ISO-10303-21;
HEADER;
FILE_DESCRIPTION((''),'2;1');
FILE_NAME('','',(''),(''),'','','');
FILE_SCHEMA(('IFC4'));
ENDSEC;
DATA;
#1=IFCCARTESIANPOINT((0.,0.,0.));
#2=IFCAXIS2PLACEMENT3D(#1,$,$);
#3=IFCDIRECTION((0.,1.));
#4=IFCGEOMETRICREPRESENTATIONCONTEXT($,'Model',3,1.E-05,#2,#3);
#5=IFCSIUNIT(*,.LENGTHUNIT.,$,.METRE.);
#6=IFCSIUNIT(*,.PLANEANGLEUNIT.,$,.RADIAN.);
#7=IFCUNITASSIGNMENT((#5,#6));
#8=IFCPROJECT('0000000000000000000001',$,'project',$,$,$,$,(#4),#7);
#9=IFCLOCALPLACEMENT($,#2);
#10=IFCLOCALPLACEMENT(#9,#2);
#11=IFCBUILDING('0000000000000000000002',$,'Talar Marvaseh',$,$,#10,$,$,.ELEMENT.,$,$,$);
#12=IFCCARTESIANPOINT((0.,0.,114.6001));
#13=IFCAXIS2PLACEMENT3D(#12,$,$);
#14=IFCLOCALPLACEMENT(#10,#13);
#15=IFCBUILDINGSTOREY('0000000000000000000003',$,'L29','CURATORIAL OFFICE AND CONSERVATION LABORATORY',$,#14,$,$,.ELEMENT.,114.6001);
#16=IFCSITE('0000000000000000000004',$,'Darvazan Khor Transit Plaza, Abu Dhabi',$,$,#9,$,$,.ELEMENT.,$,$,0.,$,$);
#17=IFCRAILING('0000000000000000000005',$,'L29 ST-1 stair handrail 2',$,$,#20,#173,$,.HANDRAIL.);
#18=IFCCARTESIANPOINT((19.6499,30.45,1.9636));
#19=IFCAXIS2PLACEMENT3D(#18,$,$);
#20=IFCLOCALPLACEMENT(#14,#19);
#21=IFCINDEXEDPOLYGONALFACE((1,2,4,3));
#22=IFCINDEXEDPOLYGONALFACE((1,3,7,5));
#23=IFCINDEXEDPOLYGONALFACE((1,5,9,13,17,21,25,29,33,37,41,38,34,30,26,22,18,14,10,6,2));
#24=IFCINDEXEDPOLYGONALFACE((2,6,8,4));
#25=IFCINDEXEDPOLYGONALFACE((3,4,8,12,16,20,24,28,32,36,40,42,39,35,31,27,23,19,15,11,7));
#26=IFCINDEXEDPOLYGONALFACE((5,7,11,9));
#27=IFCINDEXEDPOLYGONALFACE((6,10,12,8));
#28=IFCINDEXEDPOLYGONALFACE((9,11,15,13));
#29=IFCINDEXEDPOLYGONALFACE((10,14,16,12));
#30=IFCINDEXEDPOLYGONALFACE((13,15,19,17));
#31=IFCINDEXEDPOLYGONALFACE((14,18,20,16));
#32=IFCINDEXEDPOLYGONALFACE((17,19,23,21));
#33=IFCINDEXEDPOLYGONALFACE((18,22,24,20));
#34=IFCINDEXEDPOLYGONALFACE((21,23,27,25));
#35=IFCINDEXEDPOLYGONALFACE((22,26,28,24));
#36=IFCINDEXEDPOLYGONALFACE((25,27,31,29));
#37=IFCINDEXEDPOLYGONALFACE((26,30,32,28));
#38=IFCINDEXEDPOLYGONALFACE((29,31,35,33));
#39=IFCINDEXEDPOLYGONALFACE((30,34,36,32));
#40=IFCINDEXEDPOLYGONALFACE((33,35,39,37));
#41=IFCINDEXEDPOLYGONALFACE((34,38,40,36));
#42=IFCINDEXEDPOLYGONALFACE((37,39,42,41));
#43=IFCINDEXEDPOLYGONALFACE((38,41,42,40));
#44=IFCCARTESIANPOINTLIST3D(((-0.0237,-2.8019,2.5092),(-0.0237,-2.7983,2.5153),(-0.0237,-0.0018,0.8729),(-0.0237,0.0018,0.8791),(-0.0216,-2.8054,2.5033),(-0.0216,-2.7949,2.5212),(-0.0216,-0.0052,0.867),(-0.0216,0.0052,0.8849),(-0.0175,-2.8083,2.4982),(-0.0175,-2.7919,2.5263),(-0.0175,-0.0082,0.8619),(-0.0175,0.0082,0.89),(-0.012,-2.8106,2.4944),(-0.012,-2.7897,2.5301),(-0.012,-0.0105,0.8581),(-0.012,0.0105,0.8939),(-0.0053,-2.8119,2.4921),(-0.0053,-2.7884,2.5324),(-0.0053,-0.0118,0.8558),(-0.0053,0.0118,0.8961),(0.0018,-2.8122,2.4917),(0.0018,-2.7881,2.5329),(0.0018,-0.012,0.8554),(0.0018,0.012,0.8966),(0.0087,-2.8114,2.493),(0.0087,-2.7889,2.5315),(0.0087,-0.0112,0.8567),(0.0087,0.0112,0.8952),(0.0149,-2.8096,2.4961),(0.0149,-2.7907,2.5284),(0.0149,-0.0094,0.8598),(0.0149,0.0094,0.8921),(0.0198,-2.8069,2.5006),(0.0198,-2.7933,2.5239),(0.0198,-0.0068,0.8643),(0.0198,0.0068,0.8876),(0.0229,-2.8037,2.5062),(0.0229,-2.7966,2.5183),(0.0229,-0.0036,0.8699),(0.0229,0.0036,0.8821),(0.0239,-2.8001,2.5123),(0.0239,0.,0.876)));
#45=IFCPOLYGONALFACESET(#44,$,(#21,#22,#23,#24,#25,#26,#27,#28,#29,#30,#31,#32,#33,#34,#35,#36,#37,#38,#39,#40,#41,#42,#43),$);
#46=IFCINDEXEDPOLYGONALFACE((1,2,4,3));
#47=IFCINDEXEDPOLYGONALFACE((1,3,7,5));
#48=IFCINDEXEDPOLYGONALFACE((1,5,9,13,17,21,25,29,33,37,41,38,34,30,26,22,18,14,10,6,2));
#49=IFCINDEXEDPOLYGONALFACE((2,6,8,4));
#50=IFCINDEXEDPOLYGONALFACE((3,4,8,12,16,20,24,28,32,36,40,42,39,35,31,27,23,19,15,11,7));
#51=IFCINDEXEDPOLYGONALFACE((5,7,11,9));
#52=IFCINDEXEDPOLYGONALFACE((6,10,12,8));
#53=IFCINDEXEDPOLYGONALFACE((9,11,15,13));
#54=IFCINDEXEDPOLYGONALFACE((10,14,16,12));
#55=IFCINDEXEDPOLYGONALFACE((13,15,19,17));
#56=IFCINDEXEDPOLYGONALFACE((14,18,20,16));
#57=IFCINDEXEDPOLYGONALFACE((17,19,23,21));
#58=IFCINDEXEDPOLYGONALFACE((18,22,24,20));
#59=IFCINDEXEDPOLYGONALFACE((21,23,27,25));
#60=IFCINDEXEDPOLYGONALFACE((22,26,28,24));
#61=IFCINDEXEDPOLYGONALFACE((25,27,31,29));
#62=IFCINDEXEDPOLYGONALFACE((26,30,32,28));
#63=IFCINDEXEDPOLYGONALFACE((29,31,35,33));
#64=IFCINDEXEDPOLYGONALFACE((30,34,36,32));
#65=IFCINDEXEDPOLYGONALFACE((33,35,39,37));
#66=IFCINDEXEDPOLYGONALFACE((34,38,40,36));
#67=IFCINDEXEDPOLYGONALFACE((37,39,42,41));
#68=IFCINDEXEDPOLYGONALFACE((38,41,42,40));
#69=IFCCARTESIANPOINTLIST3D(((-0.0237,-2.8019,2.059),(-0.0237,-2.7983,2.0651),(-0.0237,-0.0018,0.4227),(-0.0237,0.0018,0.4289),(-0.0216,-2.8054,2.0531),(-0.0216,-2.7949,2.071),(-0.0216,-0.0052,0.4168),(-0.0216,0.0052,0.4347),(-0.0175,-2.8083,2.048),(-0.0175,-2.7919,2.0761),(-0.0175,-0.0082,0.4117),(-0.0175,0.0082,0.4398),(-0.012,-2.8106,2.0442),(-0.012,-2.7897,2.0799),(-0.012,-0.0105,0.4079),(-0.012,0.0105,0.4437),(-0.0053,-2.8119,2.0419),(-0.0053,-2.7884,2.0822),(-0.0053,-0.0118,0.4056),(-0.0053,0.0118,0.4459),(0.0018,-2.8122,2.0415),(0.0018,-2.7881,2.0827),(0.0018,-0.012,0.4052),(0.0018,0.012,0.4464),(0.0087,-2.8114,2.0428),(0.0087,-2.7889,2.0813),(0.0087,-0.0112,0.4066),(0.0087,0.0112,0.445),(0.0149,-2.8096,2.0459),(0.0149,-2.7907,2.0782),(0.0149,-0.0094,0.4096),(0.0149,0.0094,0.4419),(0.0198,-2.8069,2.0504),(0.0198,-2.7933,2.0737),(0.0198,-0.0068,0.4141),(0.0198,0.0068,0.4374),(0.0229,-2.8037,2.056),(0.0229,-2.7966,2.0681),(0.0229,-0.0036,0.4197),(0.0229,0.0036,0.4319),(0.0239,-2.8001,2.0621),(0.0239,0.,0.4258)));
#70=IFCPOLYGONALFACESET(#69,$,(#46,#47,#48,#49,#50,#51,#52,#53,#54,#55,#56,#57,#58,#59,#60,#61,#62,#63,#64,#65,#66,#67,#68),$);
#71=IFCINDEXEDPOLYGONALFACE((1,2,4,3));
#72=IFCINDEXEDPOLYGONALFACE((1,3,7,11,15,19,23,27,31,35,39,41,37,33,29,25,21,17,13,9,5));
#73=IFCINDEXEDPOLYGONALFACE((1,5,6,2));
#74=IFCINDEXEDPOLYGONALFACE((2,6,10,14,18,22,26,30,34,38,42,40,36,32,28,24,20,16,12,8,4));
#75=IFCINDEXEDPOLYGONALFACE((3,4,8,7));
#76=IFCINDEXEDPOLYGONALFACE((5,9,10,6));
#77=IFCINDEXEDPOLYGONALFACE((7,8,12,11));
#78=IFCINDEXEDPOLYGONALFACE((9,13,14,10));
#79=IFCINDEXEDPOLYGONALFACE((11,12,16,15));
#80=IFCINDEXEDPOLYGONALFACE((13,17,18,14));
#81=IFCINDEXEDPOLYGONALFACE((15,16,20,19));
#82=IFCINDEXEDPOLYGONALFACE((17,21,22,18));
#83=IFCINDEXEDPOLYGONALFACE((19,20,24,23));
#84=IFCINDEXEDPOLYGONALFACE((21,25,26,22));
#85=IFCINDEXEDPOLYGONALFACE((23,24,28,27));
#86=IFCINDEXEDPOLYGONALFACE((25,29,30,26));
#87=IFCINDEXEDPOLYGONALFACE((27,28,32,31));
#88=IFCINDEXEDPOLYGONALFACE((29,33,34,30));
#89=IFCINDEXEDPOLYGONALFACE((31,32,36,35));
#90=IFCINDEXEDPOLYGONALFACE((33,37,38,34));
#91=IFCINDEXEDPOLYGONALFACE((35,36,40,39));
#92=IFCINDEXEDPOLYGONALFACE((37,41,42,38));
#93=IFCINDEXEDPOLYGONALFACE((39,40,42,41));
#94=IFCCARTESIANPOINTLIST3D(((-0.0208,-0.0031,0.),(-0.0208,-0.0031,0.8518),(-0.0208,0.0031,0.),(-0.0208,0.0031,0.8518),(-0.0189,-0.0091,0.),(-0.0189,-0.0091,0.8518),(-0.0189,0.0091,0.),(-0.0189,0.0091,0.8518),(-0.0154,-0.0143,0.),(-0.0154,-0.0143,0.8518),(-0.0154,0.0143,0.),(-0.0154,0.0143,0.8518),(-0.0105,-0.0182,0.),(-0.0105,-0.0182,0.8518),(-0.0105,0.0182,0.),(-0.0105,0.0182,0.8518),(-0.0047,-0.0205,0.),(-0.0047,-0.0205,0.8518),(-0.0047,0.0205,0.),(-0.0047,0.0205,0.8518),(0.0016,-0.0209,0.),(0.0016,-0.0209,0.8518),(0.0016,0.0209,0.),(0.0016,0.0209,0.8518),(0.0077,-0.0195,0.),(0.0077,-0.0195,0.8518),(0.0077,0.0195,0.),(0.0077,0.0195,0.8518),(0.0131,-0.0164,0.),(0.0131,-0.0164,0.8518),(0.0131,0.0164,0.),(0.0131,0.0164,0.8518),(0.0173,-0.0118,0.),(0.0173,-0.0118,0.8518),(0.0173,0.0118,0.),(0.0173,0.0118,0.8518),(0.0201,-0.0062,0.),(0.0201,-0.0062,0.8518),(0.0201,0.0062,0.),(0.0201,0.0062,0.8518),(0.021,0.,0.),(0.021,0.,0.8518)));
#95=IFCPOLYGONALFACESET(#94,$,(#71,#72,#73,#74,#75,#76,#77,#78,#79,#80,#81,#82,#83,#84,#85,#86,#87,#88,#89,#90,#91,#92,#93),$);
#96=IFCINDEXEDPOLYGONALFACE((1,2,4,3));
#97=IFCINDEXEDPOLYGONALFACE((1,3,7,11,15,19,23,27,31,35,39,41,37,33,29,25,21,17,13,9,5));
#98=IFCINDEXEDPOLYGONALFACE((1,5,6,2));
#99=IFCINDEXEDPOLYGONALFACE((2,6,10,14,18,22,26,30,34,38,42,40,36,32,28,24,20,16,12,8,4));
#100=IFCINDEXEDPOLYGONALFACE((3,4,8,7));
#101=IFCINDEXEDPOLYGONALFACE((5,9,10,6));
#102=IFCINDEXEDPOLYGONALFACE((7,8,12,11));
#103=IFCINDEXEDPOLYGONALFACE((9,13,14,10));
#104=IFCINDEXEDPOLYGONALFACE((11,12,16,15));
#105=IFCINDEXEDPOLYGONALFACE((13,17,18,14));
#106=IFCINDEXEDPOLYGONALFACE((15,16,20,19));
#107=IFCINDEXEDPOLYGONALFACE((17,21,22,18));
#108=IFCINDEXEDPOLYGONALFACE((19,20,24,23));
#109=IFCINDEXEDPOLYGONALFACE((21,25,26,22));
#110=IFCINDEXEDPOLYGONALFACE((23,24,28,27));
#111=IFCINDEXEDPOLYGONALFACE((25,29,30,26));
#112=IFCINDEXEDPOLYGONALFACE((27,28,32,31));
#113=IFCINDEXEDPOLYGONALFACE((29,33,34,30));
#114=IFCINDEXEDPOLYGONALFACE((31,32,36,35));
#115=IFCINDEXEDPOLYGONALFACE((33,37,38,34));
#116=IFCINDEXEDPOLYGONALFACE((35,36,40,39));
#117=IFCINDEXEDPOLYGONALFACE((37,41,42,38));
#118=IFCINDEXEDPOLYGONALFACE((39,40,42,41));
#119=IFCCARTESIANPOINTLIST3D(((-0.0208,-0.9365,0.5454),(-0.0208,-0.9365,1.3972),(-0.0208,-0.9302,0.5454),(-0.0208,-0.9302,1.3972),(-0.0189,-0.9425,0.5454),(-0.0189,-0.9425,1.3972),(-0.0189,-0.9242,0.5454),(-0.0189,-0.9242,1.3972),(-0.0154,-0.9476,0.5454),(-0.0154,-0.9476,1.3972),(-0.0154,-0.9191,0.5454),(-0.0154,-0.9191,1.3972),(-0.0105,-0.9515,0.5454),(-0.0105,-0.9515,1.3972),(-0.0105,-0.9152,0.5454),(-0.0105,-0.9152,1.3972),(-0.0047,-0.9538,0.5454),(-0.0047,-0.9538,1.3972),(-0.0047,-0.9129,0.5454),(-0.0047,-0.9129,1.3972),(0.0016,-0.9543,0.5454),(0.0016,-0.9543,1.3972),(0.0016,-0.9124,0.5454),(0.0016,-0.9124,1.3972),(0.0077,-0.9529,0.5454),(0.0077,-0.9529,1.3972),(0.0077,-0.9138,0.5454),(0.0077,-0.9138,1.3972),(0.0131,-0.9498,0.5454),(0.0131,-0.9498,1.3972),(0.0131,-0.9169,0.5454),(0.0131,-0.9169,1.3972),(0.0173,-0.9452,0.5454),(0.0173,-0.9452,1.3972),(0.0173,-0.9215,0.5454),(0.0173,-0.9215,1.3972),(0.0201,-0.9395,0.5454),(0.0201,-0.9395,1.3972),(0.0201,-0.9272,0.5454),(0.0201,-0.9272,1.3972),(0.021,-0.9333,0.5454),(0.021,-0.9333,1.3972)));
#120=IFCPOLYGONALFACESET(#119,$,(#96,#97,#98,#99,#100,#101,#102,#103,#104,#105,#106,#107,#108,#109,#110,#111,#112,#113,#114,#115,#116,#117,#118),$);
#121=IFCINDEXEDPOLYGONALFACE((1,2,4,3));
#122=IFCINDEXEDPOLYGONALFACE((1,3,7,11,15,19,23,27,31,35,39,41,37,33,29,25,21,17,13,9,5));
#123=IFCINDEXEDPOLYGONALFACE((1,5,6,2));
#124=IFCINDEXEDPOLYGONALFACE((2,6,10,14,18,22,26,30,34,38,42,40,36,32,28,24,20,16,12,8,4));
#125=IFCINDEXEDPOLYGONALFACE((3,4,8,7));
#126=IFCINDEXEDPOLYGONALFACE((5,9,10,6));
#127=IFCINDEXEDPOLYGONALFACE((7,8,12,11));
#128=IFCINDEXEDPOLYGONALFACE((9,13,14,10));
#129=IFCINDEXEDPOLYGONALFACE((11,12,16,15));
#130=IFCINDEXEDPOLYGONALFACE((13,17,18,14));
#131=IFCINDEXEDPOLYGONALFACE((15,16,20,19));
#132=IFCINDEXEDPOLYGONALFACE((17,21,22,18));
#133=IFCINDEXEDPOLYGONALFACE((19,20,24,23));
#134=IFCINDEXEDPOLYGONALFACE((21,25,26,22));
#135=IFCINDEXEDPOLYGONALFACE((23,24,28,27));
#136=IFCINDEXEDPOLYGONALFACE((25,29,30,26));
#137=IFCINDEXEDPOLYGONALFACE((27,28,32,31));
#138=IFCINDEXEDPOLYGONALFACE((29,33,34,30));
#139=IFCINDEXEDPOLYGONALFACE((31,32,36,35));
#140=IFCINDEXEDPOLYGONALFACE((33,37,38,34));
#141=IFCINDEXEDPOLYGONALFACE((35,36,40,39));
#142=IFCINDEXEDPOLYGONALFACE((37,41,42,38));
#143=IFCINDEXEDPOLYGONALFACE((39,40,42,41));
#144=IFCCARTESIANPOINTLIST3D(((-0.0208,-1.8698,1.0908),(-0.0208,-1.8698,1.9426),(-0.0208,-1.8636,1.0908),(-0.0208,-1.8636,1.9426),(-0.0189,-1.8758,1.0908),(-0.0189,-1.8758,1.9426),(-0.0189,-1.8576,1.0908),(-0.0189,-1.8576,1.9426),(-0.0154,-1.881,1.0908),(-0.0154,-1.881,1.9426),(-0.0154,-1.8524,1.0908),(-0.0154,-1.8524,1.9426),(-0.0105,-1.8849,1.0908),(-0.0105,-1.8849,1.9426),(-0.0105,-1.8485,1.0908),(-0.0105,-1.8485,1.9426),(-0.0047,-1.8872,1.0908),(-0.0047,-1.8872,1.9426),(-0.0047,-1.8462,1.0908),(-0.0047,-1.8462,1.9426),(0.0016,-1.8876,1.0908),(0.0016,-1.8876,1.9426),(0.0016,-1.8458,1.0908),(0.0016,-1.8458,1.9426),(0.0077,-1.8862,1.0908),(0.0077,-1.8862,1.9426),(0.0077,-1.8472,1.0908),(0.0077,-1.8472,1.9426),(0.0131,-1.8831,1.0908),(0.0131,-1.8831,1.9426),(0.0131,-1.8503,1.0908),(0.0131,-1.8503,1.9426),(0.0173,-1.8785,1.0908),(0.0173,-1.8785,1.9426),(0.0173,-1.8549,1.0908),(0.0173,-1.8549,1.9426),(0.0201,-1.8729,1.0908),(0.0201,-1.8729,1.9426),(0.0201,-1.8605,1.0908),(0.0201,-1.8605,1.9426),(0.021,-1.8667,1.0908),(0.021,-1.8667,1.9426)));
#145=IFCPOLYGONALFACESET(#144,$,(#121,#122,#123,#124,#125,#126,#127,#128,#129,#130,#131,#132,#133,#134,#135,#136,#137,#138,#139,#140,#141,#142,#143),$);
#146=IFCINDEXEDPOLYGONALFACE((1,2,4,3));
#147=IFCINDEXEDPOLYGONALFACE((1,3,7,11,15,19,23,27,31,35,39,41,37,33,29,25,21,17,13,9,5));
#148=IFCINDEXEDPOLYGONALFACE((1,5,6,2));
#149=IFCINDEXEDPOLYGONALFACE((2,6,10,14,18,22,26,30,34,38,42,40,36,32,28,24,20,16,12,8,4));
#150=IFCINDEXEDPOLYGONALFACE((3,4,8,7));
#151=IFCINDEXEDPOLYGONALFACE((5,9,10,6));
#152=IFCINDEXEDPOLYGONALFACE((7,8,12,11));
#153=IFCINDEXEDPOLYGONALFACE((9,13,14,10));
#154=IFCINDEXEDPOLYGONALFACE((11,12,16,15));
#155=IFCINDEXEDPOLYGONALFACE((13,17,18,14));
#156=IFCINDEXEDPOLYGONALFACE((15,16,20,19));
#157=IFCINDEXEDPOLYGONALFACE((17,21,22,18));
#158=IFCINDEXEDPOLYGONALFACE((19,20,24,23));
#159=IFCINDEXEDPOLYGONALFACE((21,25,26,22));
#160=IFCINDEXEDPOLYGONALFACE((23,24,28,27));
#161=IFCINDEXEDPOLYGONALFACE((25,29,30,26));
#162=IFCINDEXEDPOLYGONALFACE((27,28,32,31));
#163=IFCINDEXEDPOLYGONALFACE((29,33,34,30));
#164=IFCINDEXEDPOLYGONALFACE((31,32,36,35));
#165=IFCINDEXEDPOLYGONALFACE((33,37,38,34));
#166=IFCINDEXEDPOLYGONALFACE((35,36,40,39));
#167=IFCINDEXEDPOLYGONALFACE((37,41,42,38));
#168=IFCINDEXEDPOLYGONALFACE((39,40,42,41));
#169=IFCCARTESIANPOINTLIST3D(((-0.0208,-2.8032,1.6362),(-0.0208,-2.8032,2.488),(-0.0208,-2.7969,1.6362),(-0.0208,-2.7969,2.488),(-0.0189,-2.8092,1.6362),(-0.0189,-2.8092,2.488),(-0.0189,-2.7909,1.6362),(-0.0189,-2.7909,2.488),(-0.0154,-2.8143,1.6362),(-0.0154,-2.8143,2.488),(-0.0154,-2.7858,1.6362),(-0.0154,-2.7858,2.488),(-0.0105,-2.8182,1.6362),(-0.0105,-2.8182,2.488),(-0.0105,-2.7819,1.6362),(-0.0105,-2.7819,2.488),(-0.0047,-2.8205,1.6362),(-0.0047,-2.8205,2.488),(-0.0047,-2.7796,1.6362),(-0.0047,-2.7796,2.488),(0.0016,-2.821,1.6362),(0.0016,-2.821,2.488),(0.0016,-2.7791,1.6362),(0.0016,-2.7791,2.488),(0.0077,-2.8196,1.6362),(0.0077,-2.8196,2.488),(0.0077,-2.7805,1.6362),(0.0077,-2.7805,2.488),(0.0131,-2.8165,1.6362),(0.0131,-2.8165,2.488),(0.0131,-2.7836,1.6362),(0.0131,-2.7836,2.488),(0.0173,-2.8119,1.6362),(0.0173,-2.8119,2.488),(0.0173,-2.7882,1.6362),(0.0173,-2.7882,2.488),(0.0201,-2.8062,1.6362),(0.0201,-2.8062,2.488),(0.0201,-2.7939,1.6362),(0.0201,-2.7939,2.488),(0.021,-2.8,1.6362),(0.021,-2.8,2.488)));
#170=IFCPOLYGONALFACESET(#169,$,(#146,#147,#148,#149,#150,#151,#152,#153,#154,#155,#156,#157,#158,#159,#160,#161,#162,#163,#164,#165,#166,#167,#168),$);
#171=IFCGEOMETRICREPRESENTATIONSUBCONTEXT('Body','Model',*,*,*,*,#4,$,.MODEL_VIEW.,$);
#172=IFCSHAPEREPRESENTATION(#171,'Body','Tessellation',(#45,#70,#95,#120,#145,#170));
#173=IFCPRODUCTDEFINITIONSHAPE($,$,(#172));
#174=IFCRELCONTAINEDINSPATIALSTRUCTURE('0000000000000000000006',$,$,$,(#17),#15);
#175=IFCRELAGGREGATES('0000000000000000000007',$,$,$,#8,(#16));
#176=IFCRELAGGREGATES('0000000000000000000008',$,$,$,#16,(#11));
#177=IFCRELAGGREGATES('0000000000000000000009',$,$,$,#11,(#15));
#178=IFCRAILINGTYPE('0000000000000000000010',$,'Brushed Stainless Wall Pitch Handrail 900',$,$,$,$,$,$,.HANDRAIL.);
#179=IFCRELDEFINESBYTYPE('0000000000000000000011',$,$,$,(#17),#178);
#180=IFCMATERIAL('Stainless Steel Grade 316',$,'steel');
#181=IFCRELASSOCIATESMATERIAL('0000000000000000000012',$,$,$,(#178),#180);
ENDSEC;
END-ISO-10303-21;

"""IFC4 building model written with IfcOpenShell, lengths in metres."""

from ifc_helpers import new_model, si_unit, direction, frame, origin, origin_2d, place, context, subcontext, project, spatial, circle, extrude, material, type_object, element, save


model = new_model("IFC4")

# Units and contexts
model_context = context("Model", 3, precision=1e-05, world=origin(), true_north=direction((0.0, 1.0)))
body_context = subcontext(model_context, "Body", "Model", "MODEL_VIEW")
ifc_project = project(units=[si_unit("LENGTHUNIT", "METRE"), si_unit("PLANEANGLEUNIT", "RADIAN")], contexts=[model_context])

# Site, building, storey
site_placement = place(None, origin())
site = spatial("IfcSite", under=ifc_project, at=site_placement, Name="Darvazan Khor Transit Plaza, Abu Dhabi", CompositionType="ELEMENT", RefElevation=0.0)
building_placement = place(site_placement, origin())
building = spatial("IfcBuilding", under=site, at=building_placement, Name="Talar Marvaseh", CompositionType="ELEMENT")
storey_placement = place(building_placement, frame((0.0, 0.0, 114.6001)))
storey = spatial("IfcBuildingStorey", under=building, at=storey_placement, Name="L29", Description="CURATORIAL OFFICE AND CONSERVATION LABORATORY", CompositionType="ELEMENT", Elevation=114.6001)

# Railing
ifc_material_1 = material(Name="Stainless Steel Grade 316", Category="steel")
railing_type_1 = type_object("IfcRailingType", Name="Brushed Stainless Wall Pitch Handrail 900", PredefinedType="HANDRAIL", material=ifc_material_1)
railing_1_placement = place(storey_placement, frame((19.6499, 30.45, 1.9636)))
element("IfcRailing", 1, at=railing_1_placement, inside=storey, type_object=railing_type_1, Name="L29 ST-1 stair handrail 2", PredefinedType="HANDRAIL", context=body_context, shape_type="SweptSolid", body=[
    extrude(circle(Radius=0.0239, at=origin_2d()), frame((0.0, 0.0, 0.876), z_axis=(0.0, -0.863394, 0.504531), x_axis=(1.0, 0.0, 0.0)), (0.0, 0.0, 1.0), 3.2432),
    extrude(circle(Radius=0.0239, at=origin_2d()), frame((0.0, 0.0, 0.4258), z_axis=(0.0, -0.863394, 0.504531), x_axis=(1.0, 0.0, 0.0)), (0.0, 0.0, 1.0), 3.2432),
    extrude(circle(Radius=0.021, at=origin_2d()), origin(), (0.0, 0.0, 1.0), 0.8518),
    extrude(circle(Radius=0.021, at=origin_2d()), frame((0.0, -0.9333, 0.5454)), (0.0, 0.0, 1.0), 0.8518),
    extrude(circle(Radius=0.021, at=origin_2d()), frame((0.0, -1.8667, 1.0908)), (0.0, 0.0, 1.0), 0.8518),
    extrude(circle(Radius=0.021, at=origin_2d()), frame((0.0, -2.8, 1.6362)), (0.0, 0.0, 1.0), 0.8518),
])

save(model, "model.ifc")
